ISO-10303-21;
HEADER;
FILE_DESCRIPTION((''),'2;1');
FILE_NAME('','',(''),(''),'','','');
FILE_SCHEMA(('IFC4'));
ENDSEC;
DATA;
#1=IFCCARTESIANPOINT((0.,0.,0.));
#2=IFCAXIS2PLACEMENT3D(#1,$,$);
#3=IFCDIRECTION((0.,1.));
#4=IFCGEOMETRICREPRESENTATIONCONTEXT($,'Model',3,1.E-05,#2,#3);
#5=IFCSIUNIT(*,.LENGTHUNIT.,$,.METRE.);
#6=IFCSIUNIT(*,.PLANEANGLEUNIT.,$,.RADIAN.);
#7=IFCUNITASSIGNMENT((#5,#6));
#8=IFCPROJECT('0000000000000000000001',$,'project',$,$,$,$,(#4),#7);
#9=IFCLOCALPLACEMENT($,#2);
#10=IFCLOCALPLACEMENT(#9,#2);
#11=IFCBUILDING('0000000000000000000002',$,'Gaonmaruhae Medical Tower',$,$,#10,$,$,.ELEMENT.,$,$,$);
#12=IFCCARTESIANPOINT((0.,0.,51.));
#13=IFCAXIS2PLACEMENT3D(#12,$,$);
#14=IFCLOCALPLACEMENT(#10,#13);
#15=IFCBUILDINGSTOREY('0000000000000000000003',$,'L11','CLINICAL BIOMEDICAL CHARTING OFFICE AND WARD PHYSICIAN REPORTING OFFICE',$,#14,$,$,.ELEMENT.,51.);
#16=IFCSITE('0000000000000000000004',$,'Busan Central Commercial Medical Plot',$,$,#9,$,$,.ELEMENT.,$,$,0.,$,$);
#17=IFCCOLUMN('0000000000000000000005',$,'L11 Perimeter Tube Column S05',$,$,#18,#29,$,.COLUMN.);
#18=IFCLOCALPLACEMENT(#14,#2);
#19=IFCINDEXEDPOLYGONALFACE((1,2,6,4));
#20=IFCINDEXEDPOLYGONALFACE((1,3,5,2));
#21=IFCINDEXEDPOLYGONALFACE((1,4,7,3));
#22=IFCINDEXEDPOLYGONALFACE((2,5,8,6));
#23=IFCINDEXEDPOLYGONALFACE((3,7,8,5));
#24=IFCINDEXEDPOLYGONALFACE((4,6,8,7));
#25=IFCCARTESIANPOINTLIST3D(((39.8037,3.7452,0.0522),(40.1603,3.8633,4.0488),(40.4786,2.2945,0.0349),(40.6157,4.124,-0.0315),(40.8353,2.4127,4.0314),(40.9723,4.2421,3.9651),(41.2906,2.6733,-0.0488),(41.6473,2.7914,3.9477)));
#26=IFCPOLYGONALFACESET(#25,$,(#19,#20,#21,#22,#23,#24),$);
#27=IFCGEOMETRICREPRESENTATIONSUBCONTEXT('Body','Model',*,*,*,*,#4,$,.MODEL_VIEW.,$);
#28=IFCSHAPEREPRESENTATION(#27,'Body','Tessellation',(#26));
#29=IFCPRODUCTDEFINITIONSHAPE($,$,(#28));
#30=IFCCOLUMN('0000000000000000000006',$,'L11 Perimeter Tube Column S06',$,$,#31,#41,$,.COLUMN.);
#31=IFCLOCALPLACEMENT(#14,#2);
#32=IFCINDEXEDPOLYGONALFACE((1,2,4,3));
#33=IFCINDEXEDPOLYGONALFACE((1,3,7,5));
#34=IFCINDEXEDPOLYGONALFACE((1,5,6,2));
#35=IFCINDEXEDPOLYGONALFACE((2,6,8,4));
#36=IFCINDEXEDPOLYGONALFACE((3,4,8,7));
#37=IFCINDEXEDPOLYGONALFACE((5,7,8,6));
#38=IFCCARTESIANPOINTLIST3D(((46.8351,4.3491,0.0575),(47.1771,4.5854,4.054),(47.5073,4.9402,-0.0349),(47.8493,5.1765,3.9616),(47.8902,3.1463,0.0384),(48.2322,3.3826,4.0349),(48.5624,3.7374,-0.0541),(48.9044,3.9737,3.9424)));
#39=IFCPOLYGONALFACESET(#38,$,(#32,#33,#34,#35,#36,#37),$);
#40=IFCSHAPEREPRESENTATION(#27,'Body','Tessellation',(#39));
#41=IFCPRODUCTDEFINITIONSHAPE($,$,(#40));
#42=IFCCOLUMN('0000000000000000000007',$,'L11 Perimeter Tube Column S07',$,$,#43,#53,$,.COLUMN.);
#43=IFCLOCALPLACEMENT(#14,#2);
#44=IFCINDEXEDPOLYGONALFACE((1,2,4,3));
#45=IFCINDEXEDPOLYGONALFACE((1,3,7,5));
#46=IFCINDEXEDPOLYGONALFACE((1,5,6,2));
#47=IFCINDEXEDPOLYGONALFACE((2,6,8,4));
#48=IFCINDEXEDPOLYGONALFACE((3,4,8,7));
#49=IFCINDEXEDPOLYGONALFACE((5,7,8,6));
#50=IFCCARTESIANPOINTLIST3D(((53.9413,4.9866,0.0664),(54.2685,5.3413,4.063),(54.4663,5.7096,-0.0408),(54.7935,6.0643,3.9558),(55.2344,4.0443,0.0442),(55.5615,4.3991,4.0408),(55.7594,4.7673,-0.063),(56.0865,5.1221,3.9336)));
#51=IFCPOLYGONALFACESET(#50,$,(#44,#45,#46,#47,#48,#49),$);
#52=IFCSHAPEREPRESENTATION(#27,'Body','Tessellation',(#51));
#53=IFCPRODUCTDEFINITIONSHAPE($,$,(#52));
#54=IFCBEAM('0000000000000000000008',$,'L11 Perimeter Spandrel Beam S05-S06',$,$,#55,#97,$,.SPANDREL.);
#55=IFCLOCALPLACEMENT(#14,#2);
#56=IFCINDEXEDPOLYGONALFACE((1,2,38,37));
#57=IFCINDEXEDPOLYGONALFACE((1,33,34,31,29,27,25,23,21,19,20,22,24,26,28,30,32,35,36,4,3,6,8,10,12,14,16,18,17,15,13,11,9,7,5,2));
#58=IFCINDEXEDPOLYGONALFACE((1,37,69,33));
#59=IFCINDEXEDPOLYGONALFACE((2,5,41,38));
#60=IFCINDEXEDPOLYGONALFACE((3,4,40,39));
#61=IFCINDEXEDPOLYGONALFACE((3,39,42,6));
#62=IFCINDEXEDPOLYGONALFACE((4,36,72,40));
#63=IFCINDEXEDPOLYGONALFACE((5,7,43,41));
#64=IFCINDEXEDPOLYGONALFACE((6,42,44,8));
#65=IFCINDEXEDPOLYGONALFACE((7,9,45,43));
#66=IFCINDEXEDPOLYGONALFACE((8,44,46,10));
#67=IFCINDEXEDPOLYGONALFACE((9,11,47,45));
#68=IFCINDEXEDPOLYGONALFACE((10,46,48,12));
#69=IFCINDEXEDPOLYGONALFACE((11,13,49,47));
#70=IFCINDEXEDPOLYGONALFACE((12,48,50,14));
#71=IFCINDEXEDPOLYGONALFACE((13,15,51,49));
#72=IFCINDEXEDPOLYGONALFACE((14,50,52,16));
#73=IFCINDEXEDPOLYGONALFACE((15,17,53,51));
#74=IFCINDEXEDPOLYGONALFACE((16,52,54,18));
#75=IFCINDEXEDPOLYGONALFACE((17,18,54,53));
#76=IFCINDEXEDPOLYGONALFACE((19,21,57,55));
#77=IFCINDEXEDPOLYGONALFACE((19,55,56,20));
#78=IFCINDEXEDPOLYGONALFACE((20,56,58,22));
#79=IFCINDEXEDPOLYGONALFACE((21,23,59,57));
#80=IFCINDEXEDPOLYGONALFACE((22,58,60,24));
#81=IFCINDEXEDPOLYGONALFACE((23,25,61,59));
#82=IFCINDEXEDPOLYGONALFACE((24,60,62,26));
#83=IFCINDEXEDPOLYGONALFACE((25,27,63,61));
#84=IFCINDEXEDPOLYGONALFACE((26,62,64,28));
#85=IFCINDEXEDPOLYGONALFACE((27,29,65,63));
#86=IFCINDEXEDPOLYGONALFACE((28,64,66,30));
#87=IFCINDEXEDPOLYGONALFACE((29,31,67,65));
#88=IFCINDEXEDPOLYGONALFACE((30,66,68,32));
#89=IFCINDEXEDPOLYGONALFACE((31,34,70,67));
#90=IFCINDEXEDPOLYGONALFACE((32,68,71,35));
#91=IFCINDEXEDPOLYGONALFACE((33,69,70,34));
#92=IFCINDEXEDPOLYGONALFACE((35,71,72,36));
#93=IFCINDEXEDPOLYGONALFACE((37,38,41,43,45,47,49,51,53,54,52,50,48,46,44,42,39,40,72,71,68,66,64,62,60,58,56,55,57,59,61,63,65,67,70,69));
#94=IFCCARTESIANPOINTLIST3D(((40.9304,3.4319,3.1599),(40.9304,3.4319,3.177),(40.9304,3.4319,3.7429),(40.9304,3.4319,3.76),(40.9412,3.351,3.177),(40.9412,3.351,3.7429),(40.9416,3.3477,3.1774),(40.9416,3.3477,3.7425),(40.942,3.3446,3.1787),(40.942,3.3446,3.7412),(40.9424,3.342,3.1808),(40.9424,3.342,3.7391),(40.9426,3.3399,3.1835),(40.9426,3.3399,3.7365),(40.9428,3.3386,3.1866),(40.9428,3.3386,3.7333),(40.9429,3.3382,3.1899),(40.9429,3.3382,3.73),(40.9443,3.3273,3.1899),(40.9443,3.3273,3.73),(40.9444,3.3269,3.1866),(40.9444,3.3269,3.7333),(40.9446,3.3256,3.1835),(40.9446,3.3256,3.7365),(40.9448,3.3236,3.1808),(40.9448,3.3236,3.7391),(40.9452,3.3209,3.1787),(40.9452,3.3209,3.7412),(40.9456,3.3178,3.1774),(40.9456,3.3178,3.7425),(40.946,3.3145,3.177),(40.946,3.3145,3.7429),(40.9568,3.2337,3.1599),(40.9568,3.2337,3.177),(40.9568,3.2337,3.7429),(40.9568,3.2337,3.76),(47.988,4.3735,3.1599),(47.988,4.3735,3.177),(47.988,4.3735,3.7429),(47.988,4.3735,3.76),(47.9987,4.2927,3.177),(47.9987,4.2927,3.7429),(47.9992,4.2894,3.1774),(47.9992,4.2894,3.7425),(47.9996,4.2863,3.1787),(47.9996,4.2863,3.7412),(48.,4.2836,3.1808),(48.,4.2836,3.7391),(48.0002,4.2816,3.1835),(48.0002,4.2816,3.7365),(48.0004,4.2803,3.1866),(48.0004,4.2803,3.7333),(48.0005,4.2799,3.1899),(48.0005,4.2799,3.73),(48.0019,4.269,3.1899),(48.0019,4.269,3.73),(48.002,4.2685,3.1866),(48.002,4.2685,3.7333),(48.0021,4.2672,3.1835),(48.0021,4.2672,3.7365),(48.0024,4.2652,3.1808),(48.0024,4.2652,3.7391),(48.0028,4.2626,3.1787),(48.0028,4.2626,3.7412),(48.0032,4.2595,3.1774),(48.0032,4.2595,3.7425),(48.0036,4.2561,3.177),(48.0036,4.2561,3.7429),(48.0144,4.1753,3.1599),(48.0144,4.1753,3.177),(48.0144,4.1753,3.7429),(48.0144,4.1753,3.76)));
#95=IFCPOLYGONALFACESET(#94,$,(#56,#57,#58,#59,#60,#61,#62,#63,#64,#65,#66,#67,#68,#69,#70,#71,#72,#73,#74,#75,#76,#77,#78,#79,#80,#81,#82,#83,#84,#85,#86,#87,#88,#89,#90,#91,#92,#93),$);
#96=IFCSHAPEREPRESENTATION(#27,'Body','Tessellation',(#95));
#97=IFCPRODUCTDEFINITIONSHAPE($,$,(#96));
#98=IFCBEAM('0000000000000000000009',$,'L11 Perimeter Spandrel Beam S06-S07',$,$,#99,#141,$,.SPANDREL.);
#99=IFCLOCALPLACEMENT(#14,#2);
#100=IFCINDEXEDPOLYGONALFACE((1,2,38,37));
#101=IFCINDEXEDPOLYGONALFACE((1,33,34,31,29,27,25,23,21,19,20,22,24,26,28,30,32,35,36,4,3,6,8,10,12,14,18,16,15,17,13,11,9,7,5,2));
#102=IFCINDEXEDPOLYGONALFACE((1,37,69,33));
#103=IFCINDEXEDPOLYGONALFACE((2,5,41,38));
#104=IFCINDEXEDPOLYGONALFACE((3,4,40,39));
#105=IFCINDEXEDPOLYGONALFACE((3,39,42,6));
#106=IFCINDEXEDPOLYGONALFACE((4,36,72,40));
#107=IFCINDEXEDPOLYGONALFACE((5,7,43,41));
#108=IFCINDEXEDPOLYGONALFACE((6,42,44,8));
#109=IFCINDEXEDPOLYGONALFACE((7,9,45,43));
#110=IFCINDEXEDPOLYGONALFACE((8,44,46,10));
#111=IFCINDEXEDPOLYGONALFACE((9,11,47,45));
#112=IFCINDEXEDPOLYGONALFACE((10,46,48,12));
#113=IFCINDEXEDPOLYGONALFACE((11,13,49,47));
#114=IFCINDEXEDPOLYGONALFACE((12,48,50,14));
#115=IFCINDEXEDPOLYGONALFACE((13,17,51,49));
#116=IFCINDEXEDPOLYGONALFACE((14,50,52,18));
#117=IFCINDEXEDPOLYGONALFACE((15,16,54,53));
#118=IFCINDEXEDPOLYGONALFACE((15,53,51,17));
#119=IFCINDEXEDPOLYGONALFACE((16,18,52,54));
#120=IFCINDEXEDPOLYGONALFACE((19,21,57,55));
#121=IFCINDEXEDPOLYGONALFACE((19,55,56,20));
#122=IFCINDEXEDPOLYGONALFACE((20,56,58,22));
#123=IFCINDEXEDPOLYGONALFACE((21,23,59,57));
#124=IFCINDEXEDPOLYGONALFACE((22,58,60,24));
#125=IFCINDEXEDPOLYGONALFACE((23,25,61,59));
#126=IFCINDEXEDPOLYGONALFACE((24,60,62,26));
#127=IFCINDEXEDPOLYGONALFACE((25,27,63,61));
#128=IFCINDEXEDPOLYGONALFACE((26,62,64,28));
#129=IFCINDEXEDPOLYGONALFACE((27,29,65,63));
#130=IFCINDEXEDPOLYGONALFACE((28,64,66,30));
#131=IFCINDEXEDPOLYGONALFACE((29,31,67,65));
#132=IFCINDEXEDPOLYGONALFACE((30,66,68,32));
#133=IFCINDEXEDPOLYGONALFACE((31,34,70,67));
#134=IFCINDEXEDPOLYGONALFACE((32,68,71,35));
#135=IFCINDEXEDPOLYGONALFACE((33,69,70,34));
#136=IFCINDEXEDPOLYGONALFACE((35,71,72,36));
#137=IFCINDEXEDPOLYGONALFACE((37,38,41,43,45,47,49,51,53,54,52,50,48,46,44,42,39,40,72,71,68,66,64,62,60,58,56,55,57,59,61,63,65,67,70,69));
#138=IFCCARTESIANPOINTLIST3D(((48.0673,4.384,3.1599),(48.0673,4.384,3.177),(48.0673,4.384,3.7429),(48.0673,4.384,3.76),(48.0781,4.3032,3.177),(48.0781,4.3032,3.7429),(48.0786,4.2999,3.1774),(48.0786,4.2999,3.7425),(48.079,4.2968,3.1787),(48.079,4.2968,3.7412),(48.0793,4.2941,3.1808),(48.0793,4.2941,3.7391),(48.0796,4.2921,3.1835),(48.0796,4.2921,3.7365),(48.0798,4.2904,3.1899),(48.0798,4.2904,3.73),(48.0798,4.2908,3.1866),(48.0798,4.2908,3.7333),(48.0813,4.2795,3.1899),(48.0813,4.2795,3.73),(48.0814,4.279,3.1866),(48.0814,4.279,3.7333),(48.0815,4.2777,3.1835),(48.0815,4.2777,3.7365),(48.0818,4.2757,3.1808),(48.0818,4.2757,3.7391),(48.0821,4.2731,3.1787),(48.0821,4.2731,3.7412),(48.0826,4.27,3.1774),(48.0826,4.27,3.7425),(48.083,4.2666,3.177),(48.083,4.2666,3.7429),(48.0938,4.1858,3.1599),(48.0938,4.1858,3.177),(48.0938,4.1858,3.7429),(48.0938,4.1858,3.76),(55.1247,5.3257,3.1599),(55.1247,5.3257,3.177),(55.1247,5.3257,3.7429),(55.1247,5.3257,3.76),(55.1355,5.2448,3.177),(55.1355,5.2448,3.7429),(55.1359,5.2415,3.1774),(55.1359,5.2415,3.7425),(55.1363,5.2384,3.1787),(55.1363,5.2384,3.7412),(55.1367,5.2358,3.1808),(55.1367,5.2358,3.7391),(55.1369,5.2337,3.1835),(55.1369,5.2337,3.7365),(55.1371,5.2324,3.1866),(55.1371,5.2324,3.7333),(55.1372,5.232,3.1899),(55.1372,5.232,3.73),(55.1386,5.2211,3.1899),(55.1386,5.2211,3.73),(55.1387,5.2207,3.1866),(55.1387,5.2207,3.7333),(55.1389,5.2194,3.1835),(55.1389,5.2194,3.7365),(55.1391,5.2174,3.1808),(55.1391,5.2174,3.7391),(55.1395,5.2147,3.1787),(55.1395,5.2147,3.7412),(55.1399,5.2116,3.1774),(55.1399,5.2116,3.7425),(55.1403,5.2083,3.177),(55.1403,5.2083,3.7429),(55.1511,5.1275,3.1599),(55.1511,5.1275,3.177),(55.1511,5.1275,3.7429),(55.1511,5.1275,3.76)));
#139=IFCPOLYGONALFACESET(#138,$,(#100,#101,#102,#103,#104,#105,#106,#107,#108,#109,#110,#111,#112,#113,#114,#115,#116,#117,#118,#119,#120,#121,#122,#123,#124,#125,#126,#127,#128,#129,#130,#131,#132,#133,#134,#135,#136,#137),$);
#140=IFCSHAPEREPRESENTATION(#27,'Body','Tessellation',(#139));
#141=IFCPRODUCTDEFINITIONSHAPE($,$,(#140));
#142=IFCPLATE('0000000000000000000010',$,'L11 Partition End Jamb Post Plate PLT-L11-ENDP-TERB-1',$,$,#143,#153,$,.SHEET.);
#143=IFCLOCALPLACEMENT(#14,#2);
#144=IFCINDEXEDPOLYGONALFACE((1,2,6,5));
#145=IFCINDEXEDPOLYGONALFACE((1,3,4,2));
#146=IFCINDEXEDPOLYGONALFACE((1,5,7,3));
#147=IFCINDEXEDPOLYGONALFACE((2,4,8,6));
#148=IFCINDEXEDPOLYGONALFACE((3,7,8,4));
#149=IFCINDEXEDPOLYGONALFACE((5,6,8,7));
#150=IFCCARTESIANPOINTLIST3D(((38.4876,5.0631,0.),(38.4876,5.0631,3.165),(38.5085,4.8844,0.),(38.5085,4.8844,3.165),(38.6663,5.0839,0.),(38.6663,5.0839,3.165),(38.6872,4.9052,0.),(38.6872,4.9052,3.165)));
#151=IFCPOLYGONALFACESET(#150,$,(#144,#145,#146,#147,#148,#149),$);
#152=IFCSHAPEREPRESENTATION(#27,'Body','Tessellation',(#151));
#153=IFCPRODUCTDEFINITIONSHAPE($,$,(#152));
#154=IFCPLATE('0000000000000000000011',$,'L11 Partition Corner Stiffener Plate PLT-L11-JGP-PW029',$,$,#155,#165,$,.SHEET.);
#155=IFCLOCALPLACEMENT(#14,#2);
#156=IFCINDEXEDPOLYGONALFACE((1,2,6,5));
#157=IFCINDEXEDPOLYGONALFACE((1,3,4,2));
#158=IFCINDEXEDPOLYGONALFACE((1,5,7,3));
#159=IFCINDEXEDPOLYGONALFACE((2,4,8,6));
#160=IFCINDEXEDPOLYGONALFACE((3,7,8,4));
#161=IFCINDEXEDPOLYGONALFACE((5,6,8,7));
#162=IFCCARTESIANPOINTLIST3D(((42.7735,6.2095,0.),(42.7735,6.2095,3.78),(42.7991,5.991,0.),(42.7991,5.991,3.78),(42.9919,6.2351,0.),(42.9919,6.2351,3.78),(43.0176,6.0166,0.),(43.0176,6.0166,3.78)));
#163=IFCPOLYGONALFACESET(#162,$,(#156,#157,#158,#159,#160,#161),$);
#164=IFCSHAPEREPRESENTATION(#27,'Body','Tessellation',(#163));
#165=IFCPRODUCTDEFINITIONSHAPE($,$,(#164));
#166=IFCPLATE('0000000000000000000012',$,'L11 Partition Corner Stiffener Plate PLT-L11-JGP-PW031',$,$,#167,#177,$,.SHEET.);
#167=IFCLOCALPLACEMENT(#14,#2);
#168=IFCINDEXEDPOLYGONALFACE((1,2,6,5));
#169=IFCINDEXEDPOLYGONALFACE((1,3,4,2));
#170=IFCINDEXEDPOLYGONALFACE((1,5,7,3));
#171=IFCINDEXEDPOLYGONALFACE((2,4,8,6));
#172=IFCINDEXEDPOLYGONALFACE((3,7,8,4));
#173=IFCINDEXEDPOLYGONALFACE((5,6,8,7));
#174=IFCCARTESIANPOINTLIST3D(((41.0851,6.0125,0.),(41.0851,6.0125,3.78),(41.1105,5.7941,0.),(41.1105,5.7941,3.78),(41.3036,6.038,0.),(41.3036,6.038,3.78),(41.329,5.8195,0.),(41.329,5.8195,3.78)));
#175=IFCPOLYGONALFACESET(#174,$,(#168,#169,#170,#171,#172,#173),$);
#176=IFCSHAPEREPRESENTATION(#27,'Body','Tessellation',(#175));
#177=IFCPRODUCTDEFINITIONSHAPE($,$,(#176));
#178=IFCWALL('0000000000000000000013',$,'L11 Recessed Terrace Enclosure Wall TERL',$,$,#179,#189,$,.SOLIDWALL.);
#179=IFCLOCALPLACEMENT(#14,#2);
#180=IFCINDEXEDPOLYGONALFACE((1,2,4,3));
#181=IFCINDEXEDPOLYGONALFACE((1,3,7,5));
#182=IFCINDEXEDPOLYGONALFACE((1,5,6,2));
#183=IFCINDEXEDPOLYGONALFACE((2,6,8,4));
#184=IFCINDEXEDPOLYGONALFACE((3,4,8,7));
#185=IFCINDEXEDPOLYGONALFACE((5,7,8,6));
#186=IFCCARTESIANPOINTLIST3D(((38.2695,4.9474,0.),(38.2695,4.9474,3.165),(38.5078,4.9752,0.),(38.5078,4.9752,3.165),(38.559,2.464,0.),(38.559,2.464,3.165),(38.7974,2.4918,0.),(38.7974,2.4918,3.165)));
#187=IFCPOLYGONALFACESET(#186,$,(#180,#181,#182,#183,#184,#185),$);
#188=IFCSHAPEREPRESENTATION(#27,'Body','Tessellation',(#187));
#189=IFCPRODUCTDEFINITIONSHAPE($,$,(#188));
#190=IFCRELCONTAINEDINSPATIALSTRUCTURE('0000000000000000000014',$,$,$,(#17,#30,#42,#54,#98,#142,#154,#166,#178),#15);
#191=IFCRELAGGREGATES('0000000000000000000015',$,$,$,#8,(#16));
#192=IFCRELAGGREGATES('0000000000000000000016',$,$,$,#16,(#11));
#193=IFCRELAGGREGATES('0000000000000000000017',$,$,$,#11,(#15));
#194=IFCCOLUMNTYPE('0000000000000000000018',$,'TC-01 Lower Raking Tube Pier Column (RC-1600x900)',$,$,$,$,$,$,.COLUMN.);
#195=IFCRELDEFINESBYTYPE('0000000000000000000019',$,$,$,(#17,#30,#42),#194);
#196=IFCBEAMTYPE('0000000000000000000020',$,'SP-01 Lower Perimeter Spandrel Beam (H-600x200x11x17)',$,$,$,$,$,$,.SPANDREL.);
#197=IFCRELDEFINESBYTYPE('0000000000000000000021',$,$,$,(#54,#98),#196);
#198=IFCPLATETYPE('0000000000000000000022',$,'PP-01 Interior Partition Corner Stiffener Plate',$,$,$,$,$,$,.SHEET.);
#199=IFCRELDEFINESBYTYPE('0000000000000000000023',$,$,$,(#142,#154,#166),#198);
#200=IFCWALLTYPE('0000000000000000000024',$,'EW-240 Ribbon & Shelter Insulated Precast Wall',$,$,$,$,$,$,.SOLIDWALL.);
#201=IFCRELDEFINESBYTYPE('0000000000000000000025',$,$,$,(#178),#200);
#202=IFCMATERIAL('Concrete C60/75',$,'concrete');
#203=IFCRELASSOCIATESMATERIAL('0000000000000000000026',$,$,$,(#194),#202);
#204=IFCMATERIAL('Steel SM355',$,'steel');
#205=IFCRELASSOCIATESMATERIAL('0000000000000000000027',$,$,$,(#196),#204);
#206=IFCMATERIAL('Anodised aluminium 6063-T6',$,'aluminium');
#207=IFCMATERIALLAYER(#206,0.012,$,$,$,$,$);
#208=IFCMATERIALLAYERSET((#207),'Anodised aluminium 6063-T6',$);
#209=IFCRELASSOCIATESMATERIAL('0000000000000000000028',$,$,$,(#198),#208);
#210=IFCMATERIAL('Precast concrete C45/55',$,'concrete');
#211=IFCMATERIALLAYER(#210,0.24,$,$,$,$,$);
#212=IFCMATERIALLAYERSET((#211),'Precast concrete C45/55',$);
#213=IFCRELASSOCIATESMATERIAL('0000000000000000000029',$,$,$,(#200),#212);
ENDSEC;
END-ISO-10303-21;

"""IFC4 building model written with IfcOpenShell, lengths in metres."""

from ifc_helpers import new_model, si_unit, direction, frame, frame_2d, origin, origin_2d, place, context, subcontext, project, spatial, rectangle, i_section, extrude, material, layer, layer_set, material_profile, profile_set, type_object, element, save


model = new_model("IFC4")

# Units and contexts
model_context = context("Model", 3, precision=1e-05, world=origin(), true_north=direction((0.0, 1.0)))
body_context = subcontext(model_context, "Body", "Model", "MODEL_VIEW")
ifc_project = project(units=[si_unit("LENGTHUNIT", "METRE"), si_unit("PLANEANGLEUNIT", "RADIAN")], contexts=[model_context])

# Site, building, storey
site_placement = place(None, origin())
site = spatial("IfcSite", under=ifc_project, at=site_placement, Name="Busan Central Commercial Medical Plot", CompositionType="ELEMENT", RefElevation=0.0)
building_placement = place(site_placement, origin())
building = spatial("IfcBuilding", under=site, at=building_placement, Name="Gaonmaruhae Medical Tower", CompositionType="ELEMENT")
storey_placement = place(building_placement, frame((0.0, 0.0, 51.0)))
storey = spatial("IfcBuildingStorey", under=building, at=storey_placement, Name="L11", Description="CLINICAL BIOMEDICAL CHARTING OFFICE AND WARD PHYSICIAN REPORTING OFFICE", CompositionType="ELEMENT", Elevation=51.0)

# Columns
ifc_material_1 = material(Name="Concrete C60/75", Category="concrete")
ifc_material_profile_1 = material_profile(ifc_material_1, rectangle(XDim=1.6001, YDim=0.8999, at=origin_2d()), Name="RC-1600x900")
ifc_profile_set_1 = profile_set([ifc_material_profile_1], Name="Concrete C60/75")
column_type = type_object("IfcColumnType", Name="TC-01 Lower Raking Tube Pier Column (RC-1600x900)", PredefinedType="COLUMN", material=ifc_profile_set_1)
column_1_placement = place(storey_placement, frame((40.5471, 3.2092, 0.0017), z_axis=(0.088857, 0.029436, 0.995609), x_axis=(-0.421803, 0.906623, 0.01084)))
element("IfcColumn", 1, at=column_1_placement, inside=storey, type_object=column_type, Name="L11 Perimeter Tube Column S05", PredefinedType="COLUMN", context=body_context, shape_type="SweptSolid", body=[
    extrude(rectangle(XDim=1.6001, YDim=0.8999, at=origin_2d()), origin(), (0.0, 0.0, 1.0), 4.0142),
])
column_2_placement = place(storey_placement, frame((47.6987, 4.0432, 0.0017), z_axis=(0.085124, 0.058815, 0.994633), x_axis=(-0.659385, 0.75171, 0.011982)))
element("IfcColumn", 2, at=column_2_placement, inside=storey, type_object=column_type, Name="L11 Perimeter Tube Column S06", PredefinedType="COLUMN", context=body_context, shape_type="SweptSolid", body=[
    extrude(rectangle(XDim=1.6001, YDim=0.8999, at=origin_2d()), origin(), (0.0, 0.0, 1.0), 4.0181),
])
column_3_placement = place(storey_placement, frame((54.8503, 4.877, 0.0017), z_axis=(0.081267, 0.08812, 0.992789), x_axis=(-0.80811, 0.588867, 0.013882)))
element("IfcColumn", 3, at=column_3_placement, inside=storey, type_object=column_type, Name="L11 Perimeter Tube Column S07", PredefinedType="COLUMN", context=body_context, shape_type="SweptSolid", body=[
    extrude(rectangle(XDim=1.6001, YDim=0.8999, at=origin_2d()), origin(), (0.0, 0.0, 1.0), 4.0256),
])

# Beams
ifc_material_2 = material(Name="Steel SM355", Category="steel")
ifc_material_profile_2 = material_profile(ifc_material_2, i_section(OverallWidth=0.2, OverallDepth=0.6001, WebThickness=0.011, FlangeThickness=0.0171, FilletRadius=0.0129, at=origin_2d()), Name="H-600x200x11x17")
ifc_profile_set_2 = profile_set([ifc_material_profile_2], Name="Steel SM355")
beam_type = type_object("IfcBeamType", Name="SP-01 Lower Perimeter Spandrel Beam (H-600x200x11x17)", PredefinedType="SPANDREL", material=ifc_profile_set_2)
beam_1_placement = place(storey_placement, frame((40.9436, 3.3328, 3.46), z_axis=(0.991216, 0.132251, 0.0), x_axis=(-0.132251, 0.991216, 0.0)))
element("IfcBeam", 4, at=beam_1_placement, inside=storey, type_object=beam_type, Name="L11 Perimeter Spandrel Beam S05-S06", PredefinedType="SPANDREL", context=body_context, shape_type="SweptSolid", body=[
    extrude(i_section(OverallWidth=0.2, OverallDepth=0.6001, WebThickness=0.011, FlangeThickness=0.0171, FilletRadius=0.0129, at=origin_2d()), origin(), (0.0, 0.0, 1.0), 7.1201),
])
beam_2_placement = place(storey_placement, frame((48.0806, 4.2849, 3.46), z_axis=(0.991216, 0.132256, 0.0), x_axis=(-0.132256, 0.991216, 0.0)))
element("IfcBeam", 5, at=beam_2_placement, inside=storey, type_object=beam_type, Name="L11 Perimeter Spandrel Beam S06-S07", PredefinedType="SPANDREL", context=body_context, shape_type="SweptSolid", body=[
    extrude(i_section(OverallWidth=0.2, OverallDepth=0.6001, WebThickness=0.011, FlangeThickness=0.0171, FilletRadius=0.0129, at=origin_2d()), origin(), (0.0, 0.0, 1.0), 7.1199),
])

# Plates
ifc_material_3 = material(Name="Anodised aluminium 6063-T6", Category="aluminium")
ifc_layer_1 = layer(ifc_material_3, 0.012)
ifc_layer_set_1 = layer_set([ifc_layer_1], Name="Anodised aluminium 6063-T6")
plate_type = type_object("IfcPlateType", Name="PP-01 Interior Partition Corner Stiffener Plate", PredefinedType="SHEET", material=ifc_layer_set_1)
plate_placement = place(storey_placement, frame((38.5874, 4.9841, 0.0), z_axis=(0.0, 0.0, 1.0), x_axis=(-0.993272, -0.115804, 0.0)))
element("IfcPlate", 6, at=plate_placement, inside=storey, type_object=plate_type, Name="L11 Partition End Jamb Post Plate PLT-L11-ENDP-TERB-1", PredefinedType="SHEET", context=body_context, shape_type="SweptSolid", body=[
    extrude(rectangle(XDim=0.1799, YDim=0.1799, at=origin_2d()), origin(), (0.0, 0.0, 1.0), 3.165),
])
for number, where, z_axis, x_axis, name in (
    (7, (42.8955, 6.113, 0.0), (0.0, 0.0, 1.0), (-0.116567, 0.993183, 0.0), "L11 Partition Corner Stiffener Plate PLT-L11-JGP-PW029"),
    (8, (41.207, 5.916, 0.0), (0.0, 0.0, 1.0), (0.115631, -0.993292, 0.0), "L11 Partition Corner Stiffener Plate PLT-L11-JGP-PW031"),
):
    element("IfcPlate", number, at=place(storey_placement, frame(where, z_axis=z_axis, x_axis=x_axis)), inside=storey, type_object=plate_type, Name=name, PredefinedType="SHEET", context=body_context, shape_type="SweptSolid", body=[
        extrude(rectangle(XDim=0.22, YDim=0.22, at=origin_2d()), origin(), (0.0, 0.0, 1.0), 3.78),
    ])

# Shared definitions
ifc_material_4 = material(Name="Precast concrete C45/55", Category="concrete")
ifc_layer_2 = layer(ifc_material_4, 0.24)
ifc_layer_set_2 = layer_set([ifc_layer_2], Name="Precast concrete C45/55")
wall_type_1 = type_object("IfcWallType", Name="EW-240 Ribbon & Shelter Insulated Precast Wall", PredefinedType="SOLIDWALL", material=ifc_layer_set_2)

# Wall
wall_1_placement = place(storey_placement, frame((38.3887, 4.9612, 0.0), z_axis=(0.0, 0.0, 1.0), x_axis=(0.11581, -0.993271, 0.0)))
element("IfcWall", 9, at=wall_1_placement, inside=storey, type_object=wall_type_1, Name="L11 Recessed Terrace Enclosure Wall TERL", PredefinedType="SOLIDWALL", context=body_context, shape_type="SweptSolid", body=[
    extrude(rectangle(XDim=2.5002, YDim=0.24, at=frame_2d((1.25, 0.0))), origin(), (0.0, 0.0, 1.0), 3.165),
])

save(model, "model.ifc")
